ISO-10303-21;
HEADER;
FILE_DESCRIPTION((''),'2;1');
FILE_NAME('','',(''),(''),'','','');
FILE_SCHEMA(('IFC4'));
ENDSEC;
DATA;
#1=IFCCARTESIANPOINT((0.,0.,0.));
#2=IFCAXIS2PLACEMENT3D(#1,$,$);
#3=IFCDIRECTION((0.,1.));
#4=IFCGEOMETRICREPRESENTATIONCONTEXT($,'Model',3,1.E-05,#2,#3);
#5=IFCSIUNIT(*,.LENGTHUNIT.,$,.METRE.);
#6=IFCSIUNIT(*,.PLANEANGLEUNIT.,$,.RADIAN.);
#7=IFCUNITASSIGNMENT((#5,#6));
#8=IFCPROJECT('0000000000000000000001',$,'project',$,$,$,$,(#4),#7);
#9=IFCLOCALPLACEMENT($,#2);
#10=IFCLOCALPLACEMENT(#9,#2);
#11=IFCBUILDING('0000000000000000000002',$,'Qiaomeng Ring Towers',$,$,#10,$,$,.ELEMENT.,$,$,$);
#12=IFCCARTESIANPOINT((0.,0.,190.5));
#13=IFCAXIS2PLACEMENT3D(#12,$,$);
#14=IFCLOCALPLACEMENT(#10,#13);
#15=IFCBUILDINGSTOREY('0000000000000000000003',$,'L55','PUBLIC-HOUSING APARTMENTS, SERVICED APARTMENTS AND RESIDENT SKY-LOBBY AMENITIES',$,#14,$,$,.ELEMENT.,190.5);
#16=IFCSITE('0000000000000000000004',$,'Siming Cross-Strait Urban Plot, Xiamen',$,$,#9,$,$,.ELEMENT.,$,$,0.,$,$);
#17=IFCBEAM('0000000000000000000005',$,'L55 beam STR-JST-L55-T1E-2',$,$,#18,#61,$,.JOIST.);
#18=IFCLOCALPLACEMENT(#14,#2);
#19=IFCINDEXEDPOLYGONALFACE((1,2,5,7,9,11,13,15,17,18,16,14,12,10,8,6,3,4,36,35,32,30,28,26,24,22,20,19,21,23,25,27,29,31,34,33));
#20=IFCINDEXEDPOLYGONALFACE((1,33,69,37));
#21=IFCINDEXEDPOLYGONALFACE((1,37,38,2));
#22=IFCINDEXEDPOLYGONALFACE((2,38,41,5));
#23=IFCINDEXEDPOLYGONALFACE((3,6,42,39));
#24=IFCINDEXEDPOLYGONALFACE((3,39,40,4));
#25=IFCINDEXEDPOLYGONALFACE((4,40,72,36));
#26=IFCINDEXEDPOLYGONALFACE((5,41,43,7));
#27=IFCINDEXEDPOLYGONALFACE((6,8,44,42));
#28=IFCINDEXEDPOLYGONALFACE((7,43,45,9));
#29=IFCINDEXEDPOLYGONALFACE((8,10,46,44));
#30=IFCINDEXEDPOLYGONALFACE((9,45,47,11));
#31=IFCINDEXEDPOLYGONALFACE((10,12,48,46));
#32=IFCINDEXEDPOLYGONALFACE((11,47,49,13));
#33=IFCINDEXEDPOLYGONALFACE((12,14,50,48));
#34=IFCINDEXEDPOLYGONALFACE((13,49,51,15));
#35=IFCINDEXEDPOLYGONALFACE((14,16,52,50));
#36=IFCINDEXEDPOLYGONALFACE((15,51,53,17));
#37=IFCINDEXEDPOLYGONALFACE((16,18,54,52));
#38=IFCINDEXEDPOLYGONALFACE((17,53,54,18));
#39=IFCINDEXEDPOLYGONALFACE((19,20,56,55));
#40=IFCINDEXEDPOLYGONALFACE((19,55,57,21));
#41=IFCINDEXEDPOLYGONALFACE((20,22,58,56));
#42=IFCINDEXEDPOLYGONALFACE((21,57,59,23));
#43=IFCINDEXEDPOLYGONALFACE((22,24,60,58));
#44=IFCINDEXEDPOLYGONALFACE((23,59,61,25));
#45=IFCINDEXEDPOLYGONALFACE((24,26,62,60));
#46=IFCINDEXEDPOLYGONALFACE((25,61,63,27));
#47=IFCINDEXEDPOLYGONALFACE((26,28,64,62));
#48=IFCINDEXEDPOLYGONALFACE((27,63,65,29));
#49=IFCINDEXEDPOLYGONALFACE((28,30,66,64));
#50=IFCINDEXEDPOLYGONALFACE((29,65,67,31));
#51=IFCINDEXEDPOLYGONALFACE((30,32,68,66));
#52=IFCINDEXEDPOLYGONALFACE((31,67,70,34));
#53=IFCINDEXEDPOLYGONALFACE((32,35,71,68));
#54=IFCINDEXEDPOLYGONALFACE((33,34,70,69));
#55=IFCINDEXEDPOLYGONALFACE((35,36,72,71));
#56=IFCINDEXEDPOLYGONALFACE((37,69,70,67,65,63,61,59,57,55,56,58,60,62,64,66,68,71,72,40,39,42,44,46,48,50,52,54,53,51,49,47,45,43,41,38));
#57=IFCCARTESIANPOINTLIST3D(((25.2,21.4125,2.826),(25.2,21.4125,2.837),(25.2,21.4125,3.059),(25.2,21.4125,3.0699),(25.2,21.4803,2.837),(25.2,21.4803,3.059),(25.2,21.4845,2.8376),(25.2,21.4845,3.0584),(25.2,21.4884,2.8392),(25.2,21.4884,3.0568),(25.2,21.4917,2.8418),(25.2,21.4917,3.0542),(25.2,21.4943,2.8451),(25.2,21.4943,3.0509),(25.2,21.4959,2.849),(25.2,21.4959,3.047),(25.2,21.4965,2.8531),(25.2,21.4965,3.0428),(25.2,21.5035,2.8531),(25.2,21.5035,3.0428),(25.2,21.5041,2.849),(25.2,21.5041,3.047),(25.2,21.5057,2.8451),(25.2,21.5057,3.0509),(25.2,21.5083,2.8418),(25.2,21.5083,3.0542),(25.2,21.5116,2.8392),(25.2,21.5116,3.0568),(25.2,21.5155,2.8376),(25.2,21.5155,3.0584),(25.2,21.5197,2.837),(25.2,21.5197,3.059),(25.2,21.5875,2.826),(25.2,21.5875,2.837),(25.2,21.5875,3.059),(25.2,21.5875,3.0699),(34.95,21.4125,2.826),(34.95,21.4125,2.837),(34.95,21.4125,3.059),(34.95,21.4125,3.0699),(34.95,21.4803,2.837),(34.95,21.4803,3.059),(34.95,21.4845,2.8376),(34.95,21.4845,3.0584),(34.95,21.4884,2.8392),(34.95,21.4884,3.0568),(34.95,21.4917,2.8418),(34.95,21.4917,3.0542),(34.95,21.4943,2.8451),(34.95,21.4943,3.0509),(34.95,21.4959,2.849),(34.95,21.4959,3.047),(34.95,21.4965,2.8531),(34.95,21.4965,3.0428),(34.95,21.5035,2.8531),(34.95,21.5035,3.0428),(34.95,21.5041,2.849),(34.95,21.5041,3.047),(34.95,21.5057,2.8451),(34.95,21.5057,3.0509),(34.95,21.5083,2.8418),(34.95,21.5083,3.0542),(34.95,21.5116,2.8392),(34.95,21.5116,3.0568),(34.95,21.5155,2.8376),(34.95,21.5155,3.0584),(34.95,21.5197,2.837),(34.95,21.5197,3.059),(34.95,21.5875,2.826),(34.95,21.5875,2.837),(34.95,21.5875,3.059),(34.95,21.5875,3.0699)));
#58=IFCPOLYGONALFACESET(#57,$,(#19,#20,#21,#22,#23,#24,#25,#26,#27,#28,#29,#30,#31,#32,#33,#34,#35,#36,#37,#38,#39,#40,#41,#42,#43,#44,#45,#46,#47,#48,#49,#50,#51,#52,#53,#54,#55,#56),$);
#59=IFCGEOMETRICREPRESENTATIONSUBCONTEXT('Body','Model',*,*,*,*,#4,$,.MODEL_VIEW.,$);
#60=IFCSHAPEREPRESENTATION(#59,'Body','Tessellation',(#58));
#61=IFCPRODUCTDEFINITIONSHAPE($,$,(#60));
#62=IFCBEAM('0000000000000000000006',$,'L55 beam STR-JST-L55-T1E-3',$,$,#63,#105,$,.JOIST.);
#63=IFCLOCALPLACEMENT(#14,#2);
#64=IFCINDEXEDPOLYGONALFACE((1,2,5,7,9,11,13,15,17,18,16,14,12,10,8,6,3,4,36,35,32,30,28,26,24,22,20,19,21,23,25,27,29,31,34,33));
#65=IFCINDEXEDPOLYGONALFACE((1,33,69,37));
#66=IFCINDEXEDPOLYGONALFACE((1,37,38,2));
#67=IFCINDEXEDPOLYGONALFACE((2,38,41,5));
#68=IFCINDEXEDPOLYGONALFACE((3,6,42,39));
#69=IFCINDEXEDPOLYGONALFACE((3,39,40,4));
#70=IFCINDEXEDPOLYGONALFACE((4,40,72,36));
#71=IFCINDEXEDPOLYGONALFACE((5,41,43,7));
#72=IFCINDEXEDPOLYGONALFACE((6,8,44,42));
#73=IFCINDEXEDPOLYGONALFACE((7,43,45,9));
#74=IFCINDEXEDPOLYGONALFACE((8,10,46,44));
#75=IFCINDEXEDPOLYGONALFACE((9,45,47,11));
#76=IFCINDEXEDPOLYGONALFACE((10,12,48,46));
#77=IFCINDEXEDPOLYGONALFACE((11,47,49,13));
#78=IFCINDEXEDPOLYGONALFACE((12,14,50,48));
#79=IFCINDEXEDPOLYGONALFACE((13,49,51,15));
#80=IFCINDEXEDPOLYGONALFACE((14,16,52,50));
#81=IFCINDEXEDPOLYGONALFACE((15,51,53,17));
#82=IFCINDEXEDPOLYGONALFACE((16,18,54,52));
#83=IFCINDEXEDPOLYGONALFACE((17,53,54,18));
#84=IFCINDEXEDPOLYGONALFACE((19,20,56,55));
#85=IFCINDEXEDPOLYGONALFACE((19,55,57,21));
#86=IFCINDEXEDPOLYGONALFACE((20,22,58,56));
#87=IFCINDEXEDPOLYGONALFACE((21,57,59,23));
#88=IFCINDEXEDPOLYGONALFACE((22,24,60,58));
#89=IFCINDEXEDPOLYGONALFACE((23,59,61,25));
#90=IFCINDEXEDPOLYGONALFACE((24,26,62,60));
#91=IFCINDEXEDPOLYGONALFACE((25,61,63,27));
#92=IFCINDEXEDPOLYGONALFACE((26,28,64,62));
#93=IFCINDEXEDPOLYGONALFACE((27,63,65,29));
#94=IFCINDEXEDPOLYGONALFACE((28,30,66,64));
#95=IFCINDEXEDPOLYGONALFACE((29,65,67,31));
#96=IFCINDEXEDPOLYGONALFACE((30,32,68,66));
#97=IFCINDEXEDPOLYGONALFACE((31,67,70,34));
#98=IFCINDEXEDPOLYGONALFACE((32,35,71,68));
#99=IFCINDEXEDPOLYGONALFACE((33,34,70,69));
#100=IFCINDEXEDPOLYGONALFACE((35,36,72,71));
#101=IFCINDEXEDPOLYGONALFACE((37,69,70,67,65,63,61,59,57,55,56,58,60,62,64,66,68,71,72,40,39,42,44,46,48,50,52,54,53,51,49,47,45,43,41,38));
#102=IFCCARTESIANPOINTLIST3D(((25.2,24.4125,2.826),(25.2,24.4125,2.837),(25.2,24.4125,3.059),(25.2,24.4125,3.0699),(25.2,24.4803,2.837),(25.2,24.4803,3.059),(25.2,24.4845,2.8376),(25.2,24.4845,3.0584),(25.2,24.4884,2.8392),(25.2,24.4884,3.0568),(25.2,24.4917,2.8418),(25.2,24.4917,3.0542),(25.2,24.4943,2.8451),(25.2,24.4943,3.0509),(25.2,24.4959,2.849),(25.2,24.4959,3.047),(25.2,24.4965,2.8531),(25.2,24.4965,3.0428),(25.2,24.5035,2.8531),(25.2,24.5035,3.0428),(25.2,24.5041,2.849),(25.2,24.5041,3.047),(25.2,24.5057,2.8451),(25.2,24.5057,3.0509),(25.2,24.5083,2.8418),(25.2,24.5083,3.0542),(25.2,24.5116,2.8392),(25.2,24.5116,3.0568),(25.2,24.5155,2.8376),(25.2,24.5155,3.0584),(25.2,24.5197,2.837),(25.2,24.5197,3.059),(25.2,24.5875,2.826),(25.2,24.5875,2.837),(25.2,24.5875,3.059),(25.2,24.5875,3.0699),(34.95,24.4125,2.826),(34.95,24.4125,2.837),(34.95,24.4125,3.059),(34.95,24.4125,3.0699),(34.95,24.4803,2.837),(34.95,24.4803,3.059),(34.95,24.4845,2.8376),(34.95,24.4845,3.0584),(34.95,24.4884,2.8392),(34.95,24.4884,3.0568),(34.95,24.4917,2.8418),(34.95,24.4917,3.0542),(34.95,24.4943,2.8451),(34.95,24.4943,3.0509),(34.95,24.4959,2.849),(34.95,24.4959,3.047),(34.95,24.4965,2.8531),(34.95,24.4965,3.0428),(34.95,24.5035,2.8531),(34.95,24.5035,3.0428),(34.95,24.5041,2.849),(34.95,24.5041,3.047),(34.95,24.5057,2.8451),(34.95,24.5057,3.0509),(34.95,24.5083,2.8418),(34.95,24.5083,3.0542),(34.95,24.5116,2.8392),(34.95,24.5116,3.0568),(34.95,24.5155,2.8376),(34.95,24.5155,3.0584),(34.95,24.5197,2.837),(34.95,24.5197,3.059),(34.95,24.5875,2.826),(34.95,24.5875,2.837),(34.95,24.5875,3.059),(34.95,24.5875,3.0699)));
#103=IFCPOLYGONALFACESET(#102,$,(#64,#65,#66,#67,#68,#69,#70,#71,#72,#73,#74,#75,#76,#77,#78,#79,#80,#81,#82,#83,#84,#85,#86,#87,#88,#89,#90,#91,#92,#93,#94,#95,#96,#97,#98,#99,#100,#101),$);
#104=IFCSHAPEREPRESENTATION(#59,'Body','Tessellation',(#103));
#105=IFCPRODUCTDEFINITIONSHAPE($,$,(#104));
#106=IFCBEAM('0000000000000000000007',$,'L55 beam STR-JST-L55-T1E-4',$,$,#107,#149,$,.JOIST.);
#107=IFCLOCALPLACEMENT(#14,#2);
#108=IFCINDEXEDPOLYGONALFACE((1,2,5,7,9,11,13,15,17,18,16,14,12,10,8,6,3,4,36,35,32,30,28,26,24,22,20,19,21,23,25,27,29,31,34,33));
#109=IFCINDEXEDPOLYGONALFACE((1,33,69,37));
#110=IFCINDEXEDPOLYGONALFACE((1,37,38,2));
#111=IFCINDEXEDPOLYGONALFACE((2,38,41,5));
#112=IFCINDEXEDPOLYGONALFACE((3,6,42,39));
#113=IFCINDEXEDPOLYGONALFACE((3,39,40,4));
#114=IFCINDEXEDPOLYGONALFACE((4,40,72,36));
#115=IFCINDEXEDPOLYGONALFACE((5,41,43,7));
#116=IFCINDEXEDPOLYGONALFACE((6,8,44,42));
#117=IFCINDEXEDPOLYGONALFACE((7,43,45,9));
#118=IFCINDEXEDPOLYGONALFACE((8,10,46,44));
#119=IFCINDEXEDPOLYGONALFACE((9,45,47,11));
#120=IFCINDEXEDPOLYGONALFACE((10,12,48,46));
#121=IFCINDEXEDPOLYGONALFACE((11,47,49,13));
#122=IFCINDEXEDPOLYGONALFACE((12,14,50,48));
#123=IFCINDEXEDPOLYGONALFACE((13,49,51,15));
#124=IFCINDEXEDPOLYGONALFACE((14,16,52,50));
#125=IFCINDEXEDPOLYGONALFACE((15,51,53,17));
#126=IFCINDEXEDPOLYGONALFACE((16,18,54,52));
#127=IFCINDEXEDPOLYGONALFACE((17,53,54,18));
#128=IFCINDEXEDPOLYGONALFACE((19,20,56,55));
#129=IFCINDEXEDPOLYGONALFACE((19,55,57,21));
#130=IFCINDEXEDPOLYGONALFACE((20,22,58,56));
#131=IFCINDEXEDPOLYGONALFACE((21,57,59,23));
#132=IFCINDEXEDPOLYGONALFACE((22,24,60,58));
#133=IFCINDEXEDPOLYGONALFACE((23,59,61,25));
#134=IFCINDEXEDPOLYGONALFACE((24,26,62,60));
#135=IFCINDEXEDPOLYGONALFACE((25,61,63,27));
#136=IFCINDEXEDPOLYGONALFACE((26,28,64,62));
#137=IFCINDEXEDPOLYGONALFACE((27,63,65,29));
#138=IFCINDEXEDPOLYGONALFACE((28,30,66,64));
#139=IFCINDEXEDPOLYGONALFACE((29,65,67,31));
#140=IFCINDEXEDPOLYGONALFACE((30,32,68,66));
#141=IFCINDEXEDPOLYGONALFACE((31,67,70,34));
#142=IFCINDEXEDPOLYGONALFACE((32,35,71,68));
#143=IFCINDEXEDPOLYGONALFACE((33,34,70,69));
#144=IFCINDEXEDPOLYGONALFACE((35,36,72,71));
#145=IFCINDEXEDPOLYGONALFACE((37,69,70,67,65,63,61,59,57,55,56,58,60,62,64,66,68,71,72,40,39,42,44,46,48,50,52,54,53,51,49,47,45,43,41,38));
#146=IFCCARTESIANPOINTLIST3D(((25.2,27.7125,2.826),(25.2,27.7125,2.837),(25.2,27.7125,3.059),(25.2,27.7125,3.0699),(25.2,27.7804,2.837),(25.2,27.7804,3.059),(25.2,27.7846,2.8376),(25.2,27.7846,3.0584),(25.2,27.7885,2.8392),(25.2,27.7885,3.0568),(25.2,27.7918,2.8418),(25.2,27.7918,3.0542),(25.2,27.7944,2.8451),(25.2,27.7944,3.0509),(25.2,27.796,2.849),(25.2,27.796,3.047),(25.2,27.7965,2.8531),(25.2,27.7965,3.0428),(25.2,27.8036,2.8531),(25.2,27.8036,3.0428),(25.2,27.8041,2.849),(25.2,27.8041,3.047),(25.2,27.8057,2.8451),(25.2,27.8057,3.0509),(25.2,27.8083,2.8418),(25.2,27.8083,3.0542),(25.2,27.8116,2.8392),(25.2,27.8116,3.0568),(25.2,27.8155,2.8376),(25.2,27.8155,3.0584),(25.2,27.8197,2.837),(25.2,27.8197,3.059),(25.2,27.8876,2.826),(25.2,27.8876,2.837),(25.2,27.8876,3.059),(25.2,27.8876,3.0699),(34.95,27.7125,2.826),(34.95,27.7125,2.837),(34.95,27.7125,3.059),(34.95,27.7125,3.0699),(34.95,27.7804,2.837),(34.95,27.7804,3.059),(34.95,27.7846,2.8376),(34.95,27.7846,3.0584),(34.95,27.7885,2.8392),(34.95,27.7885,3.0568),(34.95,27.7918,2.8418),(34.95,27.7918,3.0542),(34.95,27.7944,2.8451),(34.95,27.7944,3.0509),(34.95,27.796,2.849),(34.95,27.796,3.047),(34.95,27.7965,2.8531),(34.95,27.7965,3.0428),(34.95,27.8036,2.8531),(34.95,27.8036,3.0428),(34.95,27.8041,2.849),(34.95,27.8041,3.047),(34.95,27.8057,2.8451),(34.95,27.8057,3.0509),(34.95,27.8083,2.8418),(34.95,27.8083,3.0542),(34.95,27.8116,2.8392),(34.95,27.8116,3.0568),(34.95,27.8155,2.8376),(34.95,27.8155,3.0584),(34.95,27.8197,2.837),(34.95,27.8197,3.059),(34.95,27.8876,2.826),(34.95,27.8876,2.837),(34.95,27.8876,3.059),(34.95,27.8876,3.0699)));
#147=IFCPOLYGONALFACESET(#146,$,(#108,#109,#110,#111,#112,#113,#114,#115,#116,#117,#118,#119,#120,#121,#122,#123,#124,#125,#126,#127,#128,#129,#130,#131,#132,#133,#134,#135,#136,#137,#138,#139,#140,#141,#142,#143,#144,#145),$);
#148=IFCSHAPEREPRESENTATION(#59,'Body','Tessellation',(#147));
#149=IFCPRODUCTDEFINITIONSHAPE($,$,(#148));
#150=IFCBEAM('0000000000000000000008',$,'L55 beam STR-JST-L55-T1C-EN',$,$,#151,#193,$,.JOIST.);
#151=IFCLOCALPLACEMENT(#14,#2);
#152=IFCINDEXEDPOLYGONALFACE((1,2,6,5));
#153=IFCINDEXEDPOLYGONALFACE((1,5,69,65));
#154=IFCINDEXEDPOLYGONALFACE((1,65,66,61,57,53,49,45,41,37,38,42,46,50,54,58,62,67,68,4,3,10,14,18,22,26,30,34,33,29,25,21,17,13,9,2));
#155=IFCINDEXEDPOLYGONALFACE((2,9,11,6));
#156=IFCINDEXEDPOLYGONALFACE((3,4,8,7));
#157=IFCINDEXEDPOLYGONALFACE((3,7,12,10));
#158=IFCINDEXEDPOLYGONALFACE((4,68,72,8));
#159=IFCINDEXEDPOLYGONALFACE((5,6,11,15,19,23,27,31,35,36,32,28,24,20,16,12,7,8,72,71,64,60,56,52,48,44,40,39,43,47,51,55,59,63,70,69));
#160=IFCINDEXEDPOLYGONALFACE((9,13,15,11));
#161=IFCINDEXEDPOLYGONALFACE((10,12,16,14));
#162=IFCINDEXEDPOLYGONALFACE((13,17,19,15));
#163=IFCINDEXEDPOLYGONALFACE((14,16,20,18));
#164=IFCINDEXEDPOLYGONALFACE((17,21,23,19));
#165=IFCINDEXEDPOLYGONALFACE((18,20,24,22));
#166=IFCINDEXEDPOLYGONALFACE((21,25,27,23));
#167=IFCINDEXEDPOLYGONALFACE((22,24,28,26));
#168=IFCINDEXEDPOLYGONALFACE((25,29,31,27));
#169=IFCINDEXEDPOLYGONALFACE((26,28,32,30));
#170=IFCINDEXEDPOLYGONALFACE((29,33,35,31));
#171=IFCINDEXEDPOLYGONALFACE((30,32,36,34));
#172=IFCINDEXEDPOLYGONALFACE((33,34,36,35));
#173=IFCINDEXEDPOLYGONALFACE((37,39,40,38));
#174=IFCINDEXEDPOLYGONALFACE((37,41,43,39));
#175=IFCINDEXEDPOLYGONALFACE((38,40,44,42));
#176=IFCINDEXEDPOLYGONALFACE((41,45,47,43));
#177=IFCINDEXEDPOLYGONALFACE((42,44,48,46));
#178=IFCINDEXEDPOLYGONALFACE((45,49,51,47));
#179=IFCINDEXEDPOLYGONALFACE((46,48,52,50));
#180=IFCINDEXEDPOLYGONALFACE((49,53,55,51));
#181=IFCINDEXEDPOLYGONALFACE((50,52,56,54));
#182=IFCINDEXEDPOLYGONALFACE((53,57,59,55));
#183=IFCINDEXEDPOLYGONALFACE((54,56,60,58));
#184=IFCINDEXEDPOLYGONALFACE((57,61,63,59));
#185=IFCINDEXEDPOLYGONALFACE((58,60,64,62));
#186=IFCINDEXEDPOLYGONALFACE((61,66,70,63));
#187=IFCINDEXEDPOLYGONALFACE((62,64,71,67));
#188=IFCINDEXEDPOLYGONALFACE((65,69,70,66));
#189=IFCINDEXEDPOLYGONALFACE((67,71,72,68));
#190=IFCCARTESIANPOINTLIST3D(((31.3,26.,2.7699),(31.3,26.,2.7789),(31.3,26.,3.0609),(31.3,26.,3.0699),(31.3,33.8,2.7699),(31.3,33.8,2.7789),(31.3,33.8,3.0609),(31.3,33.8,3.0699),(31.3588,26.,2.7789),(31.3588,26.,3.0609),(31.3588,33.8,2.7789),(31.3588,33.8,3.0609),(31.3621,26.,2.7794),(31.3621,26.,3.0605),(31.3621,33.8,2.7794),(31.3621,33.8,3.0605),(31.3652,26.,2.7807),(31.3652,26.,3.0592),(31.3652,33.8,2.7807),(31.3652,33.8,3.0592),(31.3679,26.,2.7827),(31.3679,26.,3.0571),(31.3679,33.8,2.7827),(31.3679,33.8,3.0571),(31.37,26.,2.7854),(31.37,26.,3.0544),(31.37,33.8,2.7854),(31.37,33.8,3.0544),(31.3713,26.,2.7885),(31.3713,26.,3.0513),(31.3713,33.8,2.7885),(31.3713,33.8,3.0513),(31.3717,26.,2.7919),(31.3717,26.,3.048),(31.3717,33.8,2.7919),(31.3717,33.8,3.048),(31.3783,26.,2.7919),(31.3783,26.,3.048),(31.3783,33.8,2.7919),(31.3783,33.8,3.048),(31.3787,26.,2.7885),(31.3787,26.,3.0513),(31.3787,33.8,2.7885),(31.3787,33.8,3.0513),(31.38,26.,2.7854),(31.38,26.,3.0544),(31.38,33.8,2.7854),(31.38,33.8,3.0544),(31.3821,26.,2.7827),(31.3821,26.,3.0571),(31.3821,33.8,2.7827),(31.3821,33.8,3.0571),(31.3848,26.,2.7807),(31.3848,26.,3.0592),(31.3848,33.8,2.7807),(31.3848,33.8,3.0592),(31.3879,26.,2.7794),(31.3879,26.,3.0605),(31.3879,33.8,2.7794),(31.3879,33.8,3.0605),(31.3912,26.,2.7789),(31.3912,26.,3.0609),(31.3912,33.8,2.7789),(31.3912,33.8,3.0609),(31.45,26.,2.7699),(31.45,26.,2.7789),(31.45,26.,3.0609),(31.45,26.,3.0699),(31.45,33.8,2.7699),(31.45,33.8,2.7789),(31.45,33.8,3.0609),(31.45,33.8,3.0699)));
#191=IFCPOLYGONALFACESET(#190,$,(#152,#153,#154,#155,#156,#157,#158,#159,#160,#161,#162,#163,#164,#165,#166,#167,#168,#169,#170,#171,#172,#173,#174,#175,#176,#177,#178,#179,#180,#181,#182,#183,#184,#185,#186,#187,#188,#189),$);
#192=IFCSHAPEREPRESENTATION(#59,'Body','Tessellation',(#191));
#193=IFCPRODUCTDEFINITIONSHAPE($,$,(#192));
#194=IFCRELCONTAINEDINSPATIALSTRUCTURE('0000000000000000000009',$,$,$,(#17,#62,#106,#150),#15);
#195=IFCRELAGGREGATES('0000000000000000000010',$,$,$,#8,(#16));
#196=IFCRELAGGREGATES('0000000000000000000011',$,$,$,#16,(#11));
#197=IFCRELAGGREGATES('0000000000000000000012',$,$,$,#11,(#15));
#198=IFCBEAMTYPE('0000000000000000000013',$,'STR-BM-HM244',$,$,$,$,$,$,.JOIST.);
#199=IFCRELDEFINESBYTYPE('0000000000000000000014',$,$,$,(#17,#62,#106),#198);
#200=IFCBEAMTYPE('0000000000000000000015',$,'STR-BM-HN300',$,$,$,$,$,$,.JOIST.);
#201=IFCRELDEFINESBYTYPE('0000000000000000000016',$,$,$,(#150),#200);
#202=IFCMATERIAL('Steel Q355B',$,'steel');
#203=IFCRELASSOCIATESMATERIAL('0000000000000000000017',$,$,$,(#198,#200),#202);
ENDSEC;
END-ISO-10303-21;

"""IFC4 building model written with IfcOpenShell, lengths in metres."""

from ifc_helpers import new_model, si_unit, direction, frame, origin, origin_2d, place, context, subcontext, project, spatial, i_section, extrude, source, transform, mapped, material, material_profile, profile_set, type_object, element, save


model = new_model("IFC4")

# Units and contexts
model_context = context("Model", 3, precision=1e-05, world=origin(), true_north=direction((0.0, 1.0)))
body_context = subcontext(model_context, "Body", "Model", "MODEL_VIEW")
ifc_project = project(units=[si_unit("LENGTHUNIT", "METRE"), si_unit("PLANEANGLEUNIT", "RADIAN")], contexts=[model_context])

# Site, building, storey
site_placement = place(None, origin())
site = spatial("IfcSite", under=ifc_project, at=site_placement, Name="Siming Cross-Strait Urban Plot, Xiamen", CompositionType="ELEMENT", RefElevation=0.0)
building_placement = place(site_placement, origin())
building = spatial("IfcBuilding", under=site, at=building_placement, Name="Qiaomeng Ring Towers", CompositionType="ELEMENT")
storey_placement = place(building_placement, frame((0.0, 0.0, 190.5)))
storey = spatial("IfcBuildingStorey", under=building, at=storey_placement, Name="L55", Description="PUBLIC-HOUSING APARTMENTS, SERVICED APARTMENTS AND RESIDENT SKY-LOBBY AMENITIES", CompositionType="ELEMENT", Elevation=190.5)

# Beams
ifc_material_1 = material(Name="Steel Q355B", Category="steel")
ifc_material_profile_1 = material_profile(ifc_material_1, i_section(OverallWidth=0.175, OverallDepth=0.2439, WebThickness=0.0071, FlangeThickness=0.011, FilletRadius=0.0161, at=origin_2d()), Name="HM 244x175x7x11")
ifc_profile_set_1 = profile_set([ifc_material_profile_1], Name="Steel Q355B")
beam_type_1 = type_object("IfcBeamType", Name="STR-BM-HM244", PredefinedType="JOIST", material=ifc_profile_set_1)
shared_shape_1 = source(origin(), body_context, "Body", "SweptSolid", [
    extrude(i_section(OverallWidth=0.175, OverallDepth=0.2439, WebThickness=0.0071, FlangeThickness=0.011, FilletRadius=0.0161, at=origin_2d()), origin(), (0.0, 0.0, 1.0), 9.75),
])
for number, where, z_axis, x_axis, name in (
    (1, (25.2, 21.5, 2.948), (1.0, 0.0, 0.0), (0.0, 1.0, 0.0), "L55 beam STR-JST-L55-T1E-2"),
    (2, (25.2, 24.5, 2.948), (1.0, 0.0, 0.0), (0.0, 1.0, 0.0), "L55 beam STR-JST-L55-T1E-3"),
    (3, (25.2, 27.8, 2.948), (1.0, 0.0, 0.0), (0.0, 1.0, 0.0), "L55 beam STR-JST-L55-T1E-4"),
):
    element("IfcBeam", number, at=place(storey_placement, frame(where, z_axis=z_axis, x_axis=x_axis)), inside=storey, type_object=beam_type_1, Name=name, PredefinedType="JOIST", context=body_context, shape_type="MappedRepresentation", body=[
        mapped(shared_shape_1, transform((0.0, 0.0, 0.0), x_axis=(1.0, 0.0, 0.0), y_axis=(0.0, 1.0, 0.0), z_axis=(0.0, 0.0, 1.0), scale=1.0)),
    ])
ifc_material_profile_2 = material_profile(ifc_material_1, i_section(OverallWidth=0.1499, OverallDepth=0.3, WebThickness=0.0066, FlangeThickness=0.009, FilletRadius=0.0129, at=origin_2d()), Name="HN 300x150x6.5x9")
ifc_profile_set_2 = profile_set([ifc_material_profile_2], Name="Steel Q355B")
beam_type_2 = type_object("IfcBeamType", Name="STR-BM-HN300", PredefinedType="JOIST", material=ifc_profile_set_2)
shared_shape_2 = source(origin(), body_context, "Body", "SweptSolid", [
    extrude(i_section(OverallWidth=0.1499, OverallDepth=0.3, WebThickness=0.0066, FlangeThickness=0.009, FilletRadius=0.0129, at=origin_2d()), origin(), (0.0, 0.0, 1.0), 7.8),
])
beam_1_placement = place(storey_placement, frame((31.375, 26.0, 2.9199), z_axis=(0.0, 1.0, 0.0), x_axis=(-1.0, 0.0, 0.0)))
element("IfcBeam", 4, at=beam_1_placement, inside=storey, type_object=beam_type_2, Name="L55 beam STR-JST-L55-T1C-EN", PredefinedType="JOIST", context=body_context, shape_type="MappedRepresentation", body=[
    mapped(shared_shape_2, transform((0.0, 0.0, 0.0), x_axis=(1.0, 0.0, 0.0), y_axis=(0.0, 1.0, 0.0), z_axis=(0.0, 0.0, 1.0), scale=1.0)),
])

save(model, "model.ifc")
